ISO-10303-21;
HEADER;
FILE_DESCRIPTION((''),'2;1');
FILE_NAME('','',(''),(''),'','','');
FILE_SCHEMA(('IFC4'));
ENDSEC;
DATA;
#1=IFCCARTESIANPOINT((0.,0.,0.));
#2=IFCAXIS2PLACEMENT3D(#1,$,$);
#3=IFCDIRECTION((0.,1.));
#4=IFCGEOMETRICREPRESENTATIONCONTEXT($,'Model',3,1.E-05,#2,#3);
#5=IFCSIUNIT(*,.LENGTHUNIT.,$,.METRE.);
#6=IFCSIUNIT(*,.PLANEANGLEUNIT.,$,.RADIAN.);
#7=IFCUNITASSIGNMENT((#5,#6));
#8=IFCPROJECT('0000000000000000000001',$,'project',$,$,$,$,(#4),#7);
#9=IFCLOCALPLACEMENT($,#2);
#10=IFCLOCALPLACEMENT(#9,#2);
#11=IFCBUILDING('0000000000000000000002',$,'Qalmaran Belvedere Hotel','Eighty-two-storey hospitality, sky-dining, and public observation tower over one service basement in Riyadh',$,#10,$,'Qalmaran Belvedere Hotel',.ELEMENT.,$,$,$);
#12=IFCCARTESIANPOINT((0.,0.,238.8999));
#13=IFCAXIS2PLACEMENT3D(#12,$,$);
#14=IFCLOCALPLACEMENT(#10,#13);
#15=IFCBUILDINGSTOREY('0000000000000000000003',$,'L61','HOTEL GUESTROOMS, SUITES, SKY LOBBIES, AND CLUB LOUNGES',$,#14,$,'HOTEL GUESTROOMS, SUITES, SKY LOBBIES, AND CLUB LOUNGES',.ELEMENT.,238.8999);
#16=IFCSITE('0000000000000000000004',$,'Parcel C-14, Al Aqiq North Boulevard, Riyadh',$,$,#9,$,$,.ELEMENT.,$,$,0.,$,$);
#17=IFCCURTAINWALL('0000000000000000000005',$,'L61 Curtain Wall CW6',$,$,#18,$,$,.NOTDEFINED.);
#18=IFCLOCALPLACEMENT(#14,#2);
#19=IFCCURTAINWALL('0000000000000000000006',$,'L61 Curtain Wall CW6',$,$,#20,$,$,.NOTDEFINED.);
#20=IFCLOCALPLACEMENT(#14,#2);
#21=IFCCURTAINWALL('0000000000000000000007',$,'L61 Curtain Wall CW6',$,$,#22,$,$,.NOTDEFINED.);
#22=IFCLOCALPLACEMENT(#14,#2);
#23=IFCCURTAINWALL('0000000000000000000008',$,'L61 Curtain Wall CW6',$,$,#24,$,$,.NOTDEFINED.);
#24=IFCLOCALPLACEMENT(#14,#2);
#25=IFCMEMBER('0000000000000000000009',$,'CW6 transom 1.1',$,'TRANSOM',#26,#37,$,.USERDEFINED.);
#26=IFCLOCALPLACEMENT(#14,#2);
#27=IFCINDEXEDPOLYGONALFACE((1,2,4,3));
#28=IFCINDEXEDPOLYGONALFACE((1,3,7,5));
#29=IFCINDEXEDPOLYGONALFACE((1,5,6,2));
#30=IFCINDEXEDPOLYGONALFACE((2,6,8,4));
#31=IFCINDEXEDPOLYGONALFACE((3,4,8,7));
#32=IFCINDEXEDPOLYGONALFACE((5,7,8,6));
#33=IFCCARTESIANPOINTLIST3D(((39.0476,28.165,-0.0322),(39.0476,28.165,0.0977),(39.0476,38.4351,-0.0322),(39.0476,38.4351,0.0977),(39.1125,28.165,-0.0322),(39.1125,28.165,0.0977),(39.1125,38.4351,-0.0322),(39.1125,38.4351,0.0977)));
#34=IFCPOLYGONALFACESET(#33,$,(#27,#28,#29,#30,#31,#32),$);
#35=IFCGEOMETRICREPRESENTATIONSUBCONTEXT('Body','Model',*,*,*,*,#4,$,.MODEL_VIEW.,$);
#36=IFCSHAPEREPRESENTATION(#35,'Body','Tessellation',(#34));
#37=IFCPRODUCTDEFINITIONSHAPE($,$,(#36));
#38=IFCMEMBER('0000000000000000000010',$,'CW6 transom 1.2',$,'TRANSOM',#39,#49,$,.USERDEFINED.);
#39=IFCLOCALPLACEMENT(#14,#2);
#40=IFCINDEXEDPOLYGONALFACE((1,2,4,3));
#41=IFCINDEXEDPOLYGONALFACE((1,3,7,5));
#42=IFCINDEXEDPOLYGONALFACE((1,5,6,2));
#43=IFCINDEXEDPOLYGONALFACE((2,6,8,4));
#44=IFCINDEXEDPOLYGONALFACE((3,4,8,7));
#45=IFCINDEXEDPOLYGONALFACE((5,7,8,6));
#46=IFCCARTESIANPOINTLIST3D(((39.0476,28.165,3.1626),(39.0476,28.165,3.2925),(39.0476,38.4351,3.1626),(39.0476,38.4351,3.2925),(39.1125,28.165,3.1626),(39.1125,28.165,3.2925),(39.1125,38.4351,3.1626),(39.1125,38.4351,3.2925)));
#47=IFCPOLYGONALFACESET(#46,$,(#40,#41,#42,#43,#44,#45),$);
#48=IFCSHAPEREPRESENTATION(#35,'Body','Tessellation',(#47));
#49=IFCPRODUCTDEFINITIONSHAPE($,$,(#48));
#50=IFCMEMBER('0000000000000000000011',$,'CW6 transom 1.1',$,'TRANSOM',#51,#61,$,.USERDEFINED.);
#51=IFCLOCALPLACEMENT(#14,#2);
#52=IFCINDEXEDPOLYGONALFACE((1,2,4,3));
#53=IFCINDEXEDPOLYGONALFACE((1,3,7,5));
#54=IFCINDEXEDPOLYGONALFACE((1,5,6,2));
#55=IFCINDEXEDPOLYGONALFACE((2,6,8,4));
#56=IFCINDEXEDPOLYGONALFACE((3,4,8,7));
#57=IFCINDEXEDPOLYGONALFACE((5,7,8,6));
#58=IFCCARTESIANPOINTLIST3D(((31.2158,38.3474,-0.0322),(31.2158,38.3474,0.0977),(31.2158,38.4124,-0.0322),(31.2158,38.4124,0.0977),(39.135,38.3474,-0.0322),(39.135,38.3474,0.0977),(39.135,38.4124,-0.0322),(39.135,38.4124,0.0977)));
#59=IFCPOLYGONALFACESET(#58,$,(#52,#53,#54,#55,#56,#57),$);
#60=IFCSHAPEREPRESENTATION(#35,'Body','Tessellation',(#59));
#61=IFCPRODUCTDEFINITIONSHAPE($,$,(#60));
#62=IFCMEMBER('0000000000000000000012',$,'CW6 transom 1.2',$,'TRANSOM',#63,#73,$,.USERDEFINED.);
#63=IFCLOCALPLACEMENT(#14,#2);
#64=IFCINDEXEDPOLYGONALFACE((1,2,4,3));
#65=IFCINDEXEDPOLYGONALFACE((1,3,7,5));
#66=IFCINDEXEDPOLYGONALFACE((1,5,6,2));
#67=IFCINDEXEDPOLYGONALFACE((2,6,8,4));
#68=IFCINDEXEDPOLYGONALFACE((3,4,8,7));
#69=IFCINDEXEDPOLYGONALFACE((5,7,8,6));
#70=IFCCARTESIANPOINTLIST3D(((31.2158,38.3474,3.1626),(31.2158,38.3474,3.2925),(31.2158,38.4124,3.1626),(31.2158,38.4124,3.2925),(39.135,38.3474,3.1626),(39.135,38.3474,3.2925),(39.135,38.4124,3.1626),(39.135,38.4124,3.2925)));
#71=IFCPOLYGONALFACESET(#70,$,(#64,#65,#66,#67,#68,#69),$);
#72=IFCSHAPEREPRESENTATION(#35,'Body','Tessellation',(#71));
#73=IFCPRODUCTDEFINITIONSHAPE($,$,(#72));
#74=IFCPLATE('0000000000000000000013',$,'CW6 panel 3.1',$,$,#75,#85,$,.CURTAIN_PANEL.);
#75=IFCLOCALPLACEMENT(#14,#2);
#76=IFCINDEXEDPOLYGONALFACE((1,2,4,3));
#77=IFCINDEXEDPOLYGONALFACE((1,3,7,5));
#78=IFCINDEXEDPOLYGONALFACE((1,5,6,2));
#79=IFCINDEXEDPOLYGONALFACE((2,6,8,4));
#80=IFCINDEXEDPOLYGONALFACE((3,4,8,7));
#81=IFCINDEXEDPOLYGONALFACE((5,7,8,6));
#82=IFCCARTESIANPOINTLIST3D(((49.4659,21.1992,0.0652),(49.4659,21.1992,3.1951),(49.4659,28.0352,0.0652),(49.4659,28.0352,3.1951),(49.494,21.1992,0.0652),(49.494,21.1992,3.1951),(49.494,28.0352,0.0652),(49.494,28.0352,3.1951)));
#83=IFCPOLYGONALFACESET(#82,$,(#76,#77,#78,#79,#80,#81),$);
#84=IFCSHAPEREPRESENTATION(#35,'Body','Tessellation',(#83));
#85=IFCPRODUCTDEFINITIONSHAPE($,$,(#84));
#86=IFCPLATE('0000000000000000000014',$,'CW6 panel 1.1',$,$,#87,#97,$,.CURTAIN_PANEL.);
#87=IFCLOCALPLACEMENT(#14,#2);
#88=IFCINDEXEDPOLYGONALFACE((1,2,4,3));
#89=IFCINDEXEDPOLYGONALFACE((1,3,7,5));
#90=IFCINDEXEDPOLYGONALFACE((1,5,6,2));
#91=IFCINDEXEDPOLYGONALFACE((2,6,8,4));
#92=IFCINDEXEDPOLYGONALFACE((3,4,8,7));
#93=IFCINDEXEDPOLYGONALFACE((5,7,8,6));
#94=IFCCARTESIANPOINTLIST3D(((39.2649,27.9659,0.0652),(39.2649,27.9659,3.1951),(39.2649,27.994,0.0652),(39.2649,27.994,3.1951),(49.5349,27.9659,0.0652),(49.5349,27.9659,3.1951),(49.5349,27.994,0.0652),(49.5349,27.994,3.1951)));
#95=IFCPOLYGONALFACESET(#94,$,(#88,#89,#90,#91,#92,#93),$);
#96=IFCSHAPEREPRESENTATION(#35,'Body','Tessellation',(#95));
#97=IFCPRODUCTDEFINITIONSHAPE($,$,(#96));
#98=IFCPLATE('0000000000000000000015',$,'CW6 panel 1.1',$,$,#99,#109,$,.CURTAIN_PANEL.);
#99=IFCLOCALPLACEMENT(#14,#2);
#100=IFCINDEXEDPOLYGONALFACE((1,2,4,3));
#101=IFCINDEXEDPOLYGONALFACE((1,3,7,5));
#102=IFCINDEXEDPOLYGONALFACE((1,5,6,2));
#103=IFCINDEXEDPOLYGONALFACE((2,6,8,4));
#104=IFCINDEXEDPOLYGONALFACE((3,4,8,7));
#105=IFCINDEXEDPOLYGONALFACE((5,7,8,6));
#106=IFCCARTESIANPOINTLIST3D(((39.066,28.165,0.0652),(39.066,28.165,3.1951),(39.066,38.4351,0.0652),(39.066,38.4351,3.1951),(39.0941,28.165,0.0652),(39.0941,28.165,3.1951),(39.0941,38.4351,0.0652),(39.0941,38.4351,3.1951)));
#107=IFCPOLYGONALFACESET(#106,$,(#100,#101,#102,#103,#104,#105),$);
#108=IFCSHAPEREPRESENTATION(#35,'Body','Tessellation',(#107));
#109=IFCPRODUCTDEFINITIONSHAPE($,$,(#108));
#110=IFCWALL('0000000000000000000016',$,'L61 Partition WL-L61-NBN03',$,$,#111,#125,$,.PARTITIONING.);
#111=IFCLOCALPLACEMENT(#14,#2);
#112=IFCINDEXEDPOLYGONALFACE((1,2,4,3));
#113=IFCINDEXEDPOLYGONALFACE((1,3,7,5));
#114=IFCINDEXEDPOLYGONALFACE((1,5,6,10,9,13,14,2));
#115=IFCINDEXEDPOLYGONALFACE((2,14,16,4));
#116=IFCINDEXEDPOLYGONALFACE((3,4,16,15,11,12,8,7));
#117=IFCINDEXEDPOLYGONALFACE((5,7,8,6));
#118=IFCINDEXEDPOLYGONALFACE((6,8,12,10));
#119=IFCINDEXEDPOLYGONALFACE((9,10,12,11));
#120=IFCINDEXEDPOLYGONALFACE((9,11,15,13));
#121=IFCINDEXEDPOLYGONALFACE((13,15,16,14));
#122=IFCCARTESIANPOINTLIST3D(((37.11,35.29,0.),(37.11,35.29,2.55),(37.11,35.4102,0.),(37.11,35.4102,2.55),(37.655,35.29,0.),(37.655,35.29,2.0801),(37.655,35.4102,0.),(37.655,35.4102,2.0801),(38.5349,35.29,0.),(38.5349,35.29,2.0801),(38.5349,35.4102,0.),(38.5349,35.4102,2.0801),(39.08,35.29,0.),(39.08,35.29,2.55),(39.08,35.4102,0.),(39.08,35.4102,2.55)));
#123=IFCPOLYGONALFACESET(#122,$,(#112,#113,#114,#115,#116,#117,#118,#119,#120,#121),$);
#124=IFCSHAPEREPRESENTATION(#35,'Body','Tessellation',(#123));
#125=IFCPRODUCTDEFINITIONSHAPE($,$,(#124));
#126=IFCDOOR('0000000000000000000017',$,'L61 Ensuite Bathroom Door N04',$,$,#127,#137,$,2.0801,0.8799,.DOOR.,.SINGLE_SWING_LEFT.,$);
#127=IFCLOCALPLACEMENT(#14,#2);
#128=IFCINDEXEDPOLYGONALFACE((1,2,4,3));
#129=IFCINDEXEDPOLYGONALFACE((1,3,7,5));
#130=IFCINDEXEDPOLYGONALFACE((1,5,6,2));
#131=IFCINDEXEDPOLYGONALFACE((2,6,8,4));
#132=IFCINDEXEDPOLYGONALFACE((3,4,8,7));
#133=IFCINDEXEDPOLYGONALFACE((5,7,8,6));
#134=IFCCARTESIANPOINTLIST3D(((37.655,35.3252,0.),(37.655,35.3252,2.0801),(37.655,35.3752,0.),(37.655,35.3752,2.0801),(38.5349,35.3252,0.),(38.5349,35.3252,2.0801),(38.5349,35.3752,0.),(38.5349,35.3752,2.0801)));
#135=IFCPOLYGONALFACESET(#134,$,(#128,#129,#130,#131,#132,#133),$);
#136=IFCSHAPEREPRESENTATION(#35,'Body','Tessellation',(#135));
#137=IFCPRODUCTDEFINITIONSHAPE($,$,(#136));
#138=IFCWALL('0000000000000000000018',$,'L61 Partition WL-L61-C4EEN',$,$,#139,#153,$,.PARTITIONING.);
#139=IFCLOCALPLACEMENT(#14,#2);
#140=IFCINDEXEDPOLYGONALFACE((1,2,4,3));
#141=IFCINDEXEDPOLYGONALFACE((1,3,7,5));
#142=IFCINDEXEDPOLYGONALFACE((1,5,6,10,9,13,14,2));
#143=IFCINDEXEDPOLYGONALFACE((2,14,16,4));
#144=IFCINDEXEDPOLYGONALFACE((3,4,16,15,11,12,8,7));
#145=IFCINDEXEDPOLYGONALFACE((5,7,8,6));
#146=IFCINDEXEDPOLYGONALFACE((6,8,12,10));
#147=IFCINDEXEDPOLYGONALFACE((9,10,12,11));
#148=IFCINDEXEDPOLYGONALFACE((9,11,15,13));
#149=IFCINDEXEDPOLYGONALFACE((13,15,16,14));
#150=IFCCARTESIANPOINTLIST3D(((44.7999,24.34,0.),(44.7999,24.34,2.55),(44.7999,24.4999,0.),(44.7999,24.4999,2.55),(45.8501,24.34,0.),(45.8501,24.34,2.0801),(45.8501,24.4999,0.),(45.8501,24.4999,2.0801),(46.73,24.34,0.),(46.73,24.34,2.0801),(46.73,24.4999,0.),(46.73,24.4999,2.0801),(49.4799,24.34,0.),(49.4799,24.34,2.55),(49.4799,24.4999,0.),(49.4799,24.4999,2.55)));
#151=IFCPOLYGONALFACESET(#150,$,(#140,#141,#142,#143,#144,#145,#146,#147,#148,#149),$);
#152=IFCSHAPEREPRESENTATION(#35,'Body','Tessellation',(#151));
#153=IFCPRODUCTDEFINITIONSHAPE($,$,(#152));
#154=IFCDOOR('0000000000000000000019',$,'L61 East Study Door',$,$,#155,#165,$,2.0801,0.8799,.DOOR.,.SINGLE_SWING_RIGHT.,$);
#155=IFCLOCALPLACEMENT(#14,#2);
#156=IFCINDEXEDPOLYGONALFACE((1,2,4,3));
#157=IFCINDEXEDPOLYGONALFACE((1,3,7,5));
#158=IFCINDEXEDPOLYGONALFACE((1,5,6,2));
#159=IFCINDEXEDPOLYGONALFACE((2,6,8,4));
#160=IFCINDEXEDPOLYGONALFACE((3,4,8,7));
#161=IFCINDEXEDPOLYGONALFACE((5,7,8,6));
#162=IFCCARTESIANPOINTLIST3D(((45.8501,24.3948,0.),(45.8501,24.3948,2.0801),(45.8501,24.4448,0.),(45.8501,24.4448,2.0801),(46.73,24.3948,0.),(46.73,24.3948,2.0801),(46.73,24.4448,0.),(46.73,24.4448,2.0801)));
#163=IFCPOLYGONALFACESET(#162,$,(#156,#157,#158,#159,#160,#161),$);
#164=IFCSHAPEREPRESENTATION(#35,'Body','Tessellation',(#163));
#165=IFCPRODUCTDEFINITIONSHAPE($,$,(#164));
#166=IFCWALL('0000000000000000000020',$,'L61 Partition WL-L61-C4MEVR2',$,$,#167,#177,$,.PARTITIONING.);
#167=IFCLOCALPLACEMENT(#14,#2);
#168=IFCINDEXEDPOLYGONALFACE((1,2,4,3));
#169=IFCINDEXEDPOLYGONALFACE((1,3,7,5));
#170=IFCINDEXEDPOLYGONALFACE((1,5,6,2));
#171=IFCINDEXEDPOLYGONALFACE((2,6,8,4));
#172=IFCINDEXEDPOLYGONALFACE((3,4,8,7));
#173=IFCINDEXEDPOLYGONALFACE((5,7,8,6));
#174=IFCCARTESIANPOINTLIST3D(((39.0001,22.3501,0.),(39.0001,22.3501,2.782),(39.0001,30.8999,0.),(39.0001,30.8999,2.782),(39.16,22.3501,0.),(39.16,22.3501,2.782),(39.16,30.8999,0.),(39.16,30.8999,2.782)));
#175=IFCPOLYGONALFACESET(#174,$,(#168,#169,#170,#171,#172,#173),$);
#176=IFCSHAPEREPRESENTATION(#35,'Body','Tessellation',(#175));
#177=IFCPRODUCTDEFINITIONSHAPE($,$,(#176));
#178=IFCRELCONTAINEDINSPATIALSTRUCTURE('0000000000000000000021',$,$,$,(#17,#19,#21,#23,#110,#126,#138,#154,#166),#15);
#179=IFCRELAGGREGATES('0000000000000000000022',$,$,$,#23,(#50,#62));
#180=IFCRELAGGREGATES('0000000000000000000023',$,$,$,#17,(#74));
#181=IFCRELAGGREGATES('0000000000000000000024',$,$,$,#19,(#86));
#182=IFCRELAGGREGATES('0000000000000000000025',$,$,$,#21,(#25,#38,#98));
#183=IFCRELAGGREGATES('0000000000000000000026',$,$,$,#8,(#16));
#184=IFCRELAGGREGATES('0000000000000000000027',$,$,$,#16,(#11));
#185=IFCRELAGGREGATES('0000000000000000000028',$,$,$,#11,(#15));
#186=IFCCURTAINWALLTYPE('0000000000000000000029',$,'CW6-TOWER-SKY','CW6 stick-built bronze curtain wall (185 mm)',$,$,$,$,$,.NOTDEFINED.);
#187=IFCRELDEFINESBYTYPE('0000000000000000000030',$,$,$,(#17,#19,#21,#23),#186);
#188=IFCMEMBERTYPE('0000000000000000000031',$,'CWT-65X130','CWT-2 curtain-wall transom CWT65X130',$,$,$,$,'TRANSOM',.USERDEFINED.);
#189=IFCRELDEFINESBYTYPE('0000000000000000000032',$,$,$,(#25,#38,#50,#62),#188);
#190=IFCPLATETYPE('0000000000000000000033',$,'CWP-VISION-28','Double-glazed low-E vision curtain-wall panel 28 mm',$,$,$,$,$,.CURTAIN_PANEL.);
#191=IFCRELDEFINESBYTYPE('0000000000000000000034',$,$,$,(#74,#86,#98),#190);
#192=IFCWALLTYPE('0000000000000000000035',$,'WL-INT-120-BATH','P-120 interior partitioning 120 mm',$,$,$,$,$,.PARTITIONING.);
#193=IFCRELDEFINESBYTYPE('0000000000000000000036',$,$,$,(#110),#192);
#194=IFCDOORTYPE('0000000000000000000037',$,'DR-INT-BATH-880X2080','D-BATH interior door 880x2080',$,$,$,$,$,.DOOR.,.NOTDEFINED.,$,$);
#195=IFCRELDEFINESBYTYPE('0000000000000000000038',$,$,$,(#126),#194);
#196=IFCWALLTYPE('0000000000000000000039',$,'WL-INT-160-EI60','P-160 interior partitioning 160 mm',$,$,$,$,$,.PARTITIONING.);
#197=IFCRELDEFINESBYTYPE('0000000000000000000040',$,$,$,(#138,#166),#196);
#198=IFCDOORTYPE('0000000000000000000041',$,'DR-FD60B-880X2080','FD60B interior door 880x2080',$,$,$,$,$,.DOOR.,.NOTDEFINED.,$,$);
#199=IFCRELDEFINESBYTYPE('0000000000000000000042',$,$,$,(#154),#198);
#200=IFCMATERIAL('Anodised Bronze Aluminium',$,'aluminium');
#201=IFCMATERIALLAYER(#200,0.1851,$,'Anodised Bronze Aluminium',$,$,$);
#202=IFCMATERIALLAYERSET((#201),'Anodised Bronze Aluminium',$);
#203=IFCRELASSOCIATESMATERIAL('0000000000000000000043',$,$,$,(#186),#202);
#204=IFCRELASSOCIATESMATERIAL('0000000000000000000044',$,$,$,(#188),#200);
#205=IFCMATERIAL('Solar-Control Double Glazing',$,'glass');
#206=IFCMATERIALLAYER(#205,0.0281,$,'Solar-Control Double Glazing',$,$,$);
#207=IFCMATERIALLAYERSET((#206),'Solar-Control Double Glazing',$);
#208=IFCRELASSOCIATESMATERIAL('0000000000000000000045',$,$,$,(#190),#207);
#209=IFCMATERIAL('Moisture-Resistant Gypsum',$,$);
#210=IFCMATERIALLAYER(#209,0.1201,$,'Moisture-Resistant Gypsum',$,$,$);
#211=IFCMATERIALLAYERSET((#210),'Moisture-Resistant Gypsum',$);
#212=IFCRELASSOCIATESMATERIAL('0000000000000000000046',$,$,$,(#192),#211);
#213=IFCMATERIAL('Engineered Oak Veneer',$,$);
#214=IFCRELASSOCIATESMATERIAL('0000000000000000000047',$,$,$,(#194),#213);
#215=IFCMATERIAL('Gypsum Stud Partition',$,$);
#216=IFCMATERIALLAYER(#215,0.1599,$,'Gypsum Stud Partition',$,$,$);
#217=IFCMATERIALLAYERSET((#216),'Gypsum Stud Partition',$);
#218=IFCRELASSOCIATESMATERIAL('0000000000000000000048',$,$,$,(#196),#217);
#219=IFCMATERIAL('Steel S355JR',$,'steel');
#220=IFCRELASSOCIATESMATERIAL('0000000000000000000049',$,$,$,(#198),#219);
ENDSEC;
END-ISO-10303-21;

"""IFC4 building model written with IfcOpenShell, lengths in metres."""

from ifc_helpers import new_model, si_unit, direction, frame, frame_2d, origin, origin_2d, place, context, subcontext, project, spatial, rectangle, extrude, material, layer, layer_set, material_profile, profile_set, type_object, element, fill, aggregate, save


model = new_model("IFC4")

# Units and contexts
model_context = context("Model", 3, precision=1e-05, world=origin(), true_north=direction((0.0, 1.0)))
body_context = subcontext(model_context, "Body", "Model", "MODEL_VIEW")
ifc_project = project(units=[si_unit("LENGTHUNIT", "METRE"), si_unit("PLANEANGLEUNIT", "RADIAN")], contexts=[model_context])

# Site, building, storey
site_placement = place(None, origin())
site = spatial("IfcSite", under=ifc_project, at=site_placement, Name="Parcel C-14, Al Aqiq North Boulevard, Riyadh", CompositionType="ELEMENT", RefElevation=0.0)
building_placement = place(site_placement, origin())
building = spatial("IfcBuilding", under=site, at=building_placement, Name="Qalmaran Belvedere Hotel", Description="Eighty-two-storey hospitality, sky-dining, and public observation tower over one service basement in Riyadh", LongName="Qalmaran Belvedere Hotel", CompositionType="ELEMENT")
storey_placement = place(building_placement, frame((0.0, 0.0, 238.8999)))
storey = spatial("IfcBuildingStorey", under=building, at=storey_placement, Name="L61", Description="HOTEL GUESTROOMS, SUITES, SKY LOBBIES, AND CLUB LOUNGES", LongName="HOTEL GUESTROOMS, SUITES, SKY LOBBIES, AND CLUB LOUNGES", CompositionType="ELEMENT", Elevation=238.8999)

# Shared definitions
ifc_material_1 = material(Name="Steel S355JR", Category="steel")

# Curtain walls
ifc_material_2 = material(Name="Anodised Bronze Aluminium", Category="aluminium")
ifc_layer_1 = layer(ifc_material_2, 0.1851, Name="Anodised Bronze Aluminium")
ifc_layer_set_1 = layer_set([ifc_layer_1], Name="Anodised Bronze Aluminium")
curtain_wall_type = type_object("IfcCurtainWallType", Name="CW6-TOWER-SKY", Description="CW6 stick-built bronze curtain wall (185 mm)", PredefinedType="NOTDEFINED", material=ifc_layer_set_1)
curtain_wall_1_placement = place(storey_placement, origin())
curtain_wall_1 = element("IfcCurtainWall", 1, at=curtain_wall_1_placement, inside=storey, type_object=curtain_wall_type, Name="L61 Curtain Wall CW6", PredefinedType="NOTDEFINED")
curtain_wall_2_placement = place(storey_placement, origin())
curtain_wall_2 = element("IfcCurtainWall", 2, at=curtain_wall_2_placement, inside=storey, type_object=curtain_wall_type, Name="L61 Curtain Wall CW6", PredefinedType="NOTDEFINED")
curtain_wall_3_placement = place(storey_placement, origin())
curtain_wall_3 = element("IfcCurtainWall", 3, at=curtain_wall_3_placement, inside=storey, type_object=curtain_wall_type, Name="L61 Curtain Wall CW6", PredefinedType="NOTDEFINED")

# Curtain wall
curtain_wall_4_placement = place(storey_placement, origin())
curtain_wall_4 = element("IfcCurtainWall", 4, at=curtain_wall_4_placement, inside=storey, type_object=curtain_wall_type, Name="L61 Curtain Wall CW6", PredefinedType="NOTDEFINED")

# Members
ifc_material_profile_1 = material_profile(ifc_material_2, rectangle(XDim=0.0649, YDim=0.1299, at=origin_2d()), Name="CWT65X130")
ifc_profile_set_1 = profile_set([ifc_material_profile_1], Name="Anodised Bronze Aluminium")
member_type_1 = type_object("IfcMemberType", Name="CWT-65X130", Description="CWT-2 curtain-wall transom CWT65X130", ElementType="TRANSOM", PredefinedType="USERDEFINED", material=ifc_profile_set_1)
member_1_placement = place(storey_placement, frame((39.0801, 28.165, 0.0327), z_axis=(0.0, 1.0, 0.0), x_axis=(-1.0, 0.0, 0.0)))
member_1 = element("IfcMember", 5, at=member_1_placement, type_object=member_type_1, Name="CW6 transom 1.1", ObjectType="TRANSOM", PredefinedType="USERDEFINED", context=body_context, shape_type="SweptSolid", body=[
    extrude(rectangle(XDim=0.0649, YDim=0.1299, at=origin_2d()), origin(), (0.0, 0.0, 1.0), 10.27),
])
member_2_placement = place(storey_placement, frame((39.0801, 28.165, 3.2275), z_axis=(0.0, 1.0, 0.0), x_axis=(-1.0, 0.0, 0.0)))
member_2 = element("IfcMember", 6, at=member_2_placement, type_object=member_type_1, Name="CW6 transom 1.2", ObjectType="TRANSOM", PredefinedType="USERDEFINED", context=body_context, shape_type="SweptSolid", body=[
    extrude(rectangle(XDim=0.0649, YDim=0.1299, at=origin_2d()), origin(), (0.0, 0.0, 1.0), 10.27),
])
member_3_placement = place(storey_placement, frame((39.135, 38.3799, 0.0327), z_axis=(-1.0, 0.0, 0.0), x_axis=(0.0, -1.0, 0.0)))
member_3 = element("IfcMember", 7, at=member_3_placement, type_object=member_type_1, Name="CW6 transom 1.1", ObjectType="TRANSOM", PredefinedType="USERDEFINED", context=body_context, shape_type="SweptSolid", body=[
    extrude(rectangle(XDim=0.0649, YDim=0.1299, at=origin_2d()), origin(), (0.0, 0.0, 1.0), 7.9192),
])
member_4_placement = place(storey_placement, frame((39.135, 38.3799, 3.2275), z_axis=(-1.0, 0.0, 0.0), x_axis=(0.0, -1.0, 0.0)))
member_4 = element("IfcMember", 8, at=member_4_placement, type_object=member_type_1, Name="CW6 transom 1.2", ObjectType="TRANSOM", PredefinedType="USERDEFINED", context=body_context, shape_type="SweptSolid", body=[
    extrude(rectangle(XDim=0.0649, YDim=0.1299, at=origin_2d()), origin(), (0.0, 0.0, 1.0), 7.9192),
])
aggregate(curtain_wall_4, [member_3, member_4])

# Plates
ifc_material_3 = material(Name="Solar-Control Double Glazing", Category="glass")
ifc_layer_2 = layer(ifc_material_3, 0.0281, Name="Solar-Control Double Glazing")
ifc_layer_set_2 = layer_set([ifc_layer_2], Name="Solar-Control Double Glazing")
plate_type = type_object("IfcPlateType", Name="CWP-VISION-28", Description="Double-glazed low-E vision curtain-wall panel 28 mm", PredefinedType="CURTAIN_PANEL", material=ifc_layer_set_2)
plate_1_placement = place(storey_placement, frame((49.48, 24.6172, 0.0652), z_axis=(0.0, 0.0, 1.0), x_axis=(0.0, 1.0, 0.0)))
plate_1 = element("IfcPlate", 9, at=plate_1_placement, type_object=plate_type, Name="CW6 panel 3.1", PredefinedType="CURTAIN_PANEL", context=body_context, shape_type="SweptSolid", body=[
    extrude(rectangle(XDim=6.8359, YDim=0.0281, at=origin_2d()), origin(), (0.0, 0.0, 1.0), 3.1299),
])
aggregate(curtain_wall_1, [plate_1])
plate_2_placement = place(storey_placement, frame((44.3999, 27.98, 0.0652), z_axis=(0.0, 0.0, 1.0), x_axis=(-1.0, 0.0, 0.0)))
plate_2 = element("IfcPlate", 10, at=plate_2_placement, type_object=plate_type, Name="CW6 panel 1.1", PredefinedType="CURTAIN_PANEL", context=body_context, shape_type="SweptSolid", body=[
    extrude(rectangle(XDim=10.27, YDim=0.0281, at=origin_2d()), origin(), (0.0, 0.0, 1.0), 3.1299),
])
aggregate(curtain_wall_2, [plate_2])
plate_3_placement = place(storey_placement, frame((39.0801, 33.3, 0.0652), z_axis=(0.0, 0.0, 1.0), x_axis=(0.0, 1.0, 0.0)))
plate_3 = element("IfcPlate", 11, at=plate_3_placement, type_object=plate_type, Name="CW6 panel 1.1", PredefinedType="CURTAIN_PANEL", context=body_context, shape_type="SweptSolid", body=[
    extrude(rectangle(XDim=10.27, YDim=0.0281, at=origin_2d()), origin(), (0.0, 0.0, 1.0), 3.1299),
])
aggregate(curtain_wall_3, [member_1, member_2, plate_3])

# Walls, openings, doors
ifc_material_4 = material(Name="Moisture-Resistant Gypsum")
ifc_layer_3 = layer(ifc_material_4, 0.1201, Name="Moisture-Resistant Gypsum")
ifc_layer_set_3 = layer_set([ifc_layer_3], Name="Moisture-Resistant Gypsum")
wall_type_1 = type_object("IfcWallType", Name="WL-INT-120-BATH", Description="P-120 interior partitioning 120 mm", PredefinedType="PARTITIONING", material=ifc_layer_set_3)
wall_1_placement = place(storey_placement, frame((37.1101, 35.3501, 0.0), z_axis=(0.0, 0.0, 1.0), x_axis=(1.0, 0.0, 0.0)))
wall_1 = element("IfcWall", 12, at=wall_1_placement, inside=storey, type_object=wall_type_1, Name="L61 Partition WL-L61-NBN03", PredefinedType="PARTITIONING", context=body_context, shape_type="SweptSolid", body=[
    extrude(rectangle(XDim=1.97, YDim=0.1201, at=frame_2d((0.9849, 0.0))), origin(), (0.0, 0.0, 1.0), 2.55),
])
opening_1_placement = place(wall_1_placement, frame((1.4248, 0.0, 0.0), z_axis=(0.0, 0.0, 1.0), x_axis=(-1.0, 0.0, 0.0)))
opening_1 = element("IfcOpeningElement", 13, at=opening_1_placement, cuts=wall_1, PredefinedType="OPENING", context=body_context, shape_type="SweptSolid", body=[
    extrude(rectangle(XDim=0.8799, YDim=2.0801, at=frame_2d((0.4399, 1.04))), frame((0.0, 0.0701, 0.0), z_axis=(0.0, -1.0, 0.0), x_axis=(1.0, 0.0, 0.0)), (0.0, 0.0, 1.0), 0.1401),
])
ifc_material_5 = material(Name="Engineered Oak Veneer")
door_type_1 = type_object("IfcDoorType", Name="DR-INT-BATH-880X2080", Description="D-BATH interior door 880x2080", OperationType="NOTDEFINED", PredefinedType="DOOR", material=ifc_material_5)
door_1_placement = place(opening_1_placement, origin())
door_1 = element("IfcDoor", 14, at=door_1_placement, inside=storey, type_object=door_type_1, Name="L61 Ensuite Bathroom Door N04", OperationType="SINGLE_SWING_LEFT", OverallHeight=2.0801, OverallWidth=0.8799, PredefinedType="DOOR", context=body_context, shape_type="SweptSolid", body=[
    extrude(rectangle(XDim=0.8799, YDim=2.0801, at=frame_2d((0.4399, 1.04))), frame((0.0, 0.0249, 0.0), z_axis=(0.0, -1.0, 0.0), x_axis=(1.0, 0.0, 0.0)), (0.0, 0.0, 1.0), 0.05),
])
fill(opening_1, door_1)
ifc_material_6 = material(Name="Gypsum Stud Partition")
ifc_layer_4 = layer(ifc_material_6, 0.1599, Name="Gypsum Stud Partition")
ifc_layer_set_4 = layer_set([ifc_layer_4], Name="Gypsum Stud Partition")
wall_type_2 = type_object("IfcWallType", Name="WL-INT-160-EI60", Description="P-160 interior partitioning 160 mm", PredefinedType="PARTITIONING", material=ifc_layer_set_4)
wall_2_placement = place(storey_placement, frame((44.8, 24.4199, 0.0), z_axis=(0.0, 0.0, 1.0), x_axis=(1.0, 0.0, 0.0)))
wall_2 = element("IfcWall", 15, at=wall_2_placement, inside=storey, type_object=wall_type_2, Name="L61 Partition WL-L61-C4EEN", PredefinedType="PARTITIONING", context=body_context, shape_type="SweptSolid", body=[
    extrude(rectangle(XDim=4.6799, YDim=0.1599, at=frame_2d((2.3398, 0.0))), origin(), (0.0, 0.0, 1.0), 2.55),
])
opening_2_placement = place(wall_2_placement, frame((1.05, 0.0, 0.0)))
opening_2 = element("IfcOpeningElement", 16, at=opening_2_placement, cuts=wall_2, PredefinedType="OPENING", context=body_context, shape_type="SweptSolid", body=[
    extrude(rectangle(XDim=0.8799, YDim=2.0801, at=frame_2d((0.4399, 1.04))), frame((0.0, 0.0898, 0.0), z_axis=(0.0, -1.0, 0.0), x_axis=(1.0, 0.0, 0.0)), (0.0, 0.0, 1.0), 0.1799),
])
door_type_2 = type_object("IfcDoorType", Name="DR-FD60B-880X2080", Description="FD60B interior door 880x2080", OperationType="NOTDEFINED", PredefinedType="DOOR", material=ifc_material_1)
door_2_placement = place(opening_2_placement, origin())
door_2 = element("IfcDoor", 17, at=door_2_placement, inside=storey, type_object=door_type_2, Name="L61 East Study Door", OperationType="SINGLE_SWING_RIGHT", OverallHeight=2.0801, OverallWidth=0.8799, PredefinedType="DOOR", context=body_context, shape_type="SweptSolid", body=[
    extrude(rectangle(XDim=0.8799, YDim=2.0801, at=frame_2d((0.4399, 1.04))), frame((0.0, 0.0249, 0.0), z_axis=(0.0, -1.0, 0.0), x_axis=(1.0, 0.0, 0.0)), (0.0, 0.0, 1.0), 0.05),
])
fill(opening_2, door_2)

# Wall
wall_3_placement = place(storey_placement, frame((39.0801, 22.3501, 0.0), z_axis=(0.0, 0.0, 1.0), x_axis=(0.0, 1.0, 0.0)))
element("IfcWall", 18, at=wall_3_placement, inside=storey, type_object=wall_type_2, Name="L61 Partition WL-L61-C4MEVR2", PredefinedType="PARTITIONING", context=body_context, shape_type="SweptSolid", body=[
    extrude(rectangle(XDim=8.5498, YDim=0.1599, at=frame_2d((4.2749, 0.0))), origin(), (0.0, 0.0, 1.0), 2.782),
])

save(model, "model.ifc")
